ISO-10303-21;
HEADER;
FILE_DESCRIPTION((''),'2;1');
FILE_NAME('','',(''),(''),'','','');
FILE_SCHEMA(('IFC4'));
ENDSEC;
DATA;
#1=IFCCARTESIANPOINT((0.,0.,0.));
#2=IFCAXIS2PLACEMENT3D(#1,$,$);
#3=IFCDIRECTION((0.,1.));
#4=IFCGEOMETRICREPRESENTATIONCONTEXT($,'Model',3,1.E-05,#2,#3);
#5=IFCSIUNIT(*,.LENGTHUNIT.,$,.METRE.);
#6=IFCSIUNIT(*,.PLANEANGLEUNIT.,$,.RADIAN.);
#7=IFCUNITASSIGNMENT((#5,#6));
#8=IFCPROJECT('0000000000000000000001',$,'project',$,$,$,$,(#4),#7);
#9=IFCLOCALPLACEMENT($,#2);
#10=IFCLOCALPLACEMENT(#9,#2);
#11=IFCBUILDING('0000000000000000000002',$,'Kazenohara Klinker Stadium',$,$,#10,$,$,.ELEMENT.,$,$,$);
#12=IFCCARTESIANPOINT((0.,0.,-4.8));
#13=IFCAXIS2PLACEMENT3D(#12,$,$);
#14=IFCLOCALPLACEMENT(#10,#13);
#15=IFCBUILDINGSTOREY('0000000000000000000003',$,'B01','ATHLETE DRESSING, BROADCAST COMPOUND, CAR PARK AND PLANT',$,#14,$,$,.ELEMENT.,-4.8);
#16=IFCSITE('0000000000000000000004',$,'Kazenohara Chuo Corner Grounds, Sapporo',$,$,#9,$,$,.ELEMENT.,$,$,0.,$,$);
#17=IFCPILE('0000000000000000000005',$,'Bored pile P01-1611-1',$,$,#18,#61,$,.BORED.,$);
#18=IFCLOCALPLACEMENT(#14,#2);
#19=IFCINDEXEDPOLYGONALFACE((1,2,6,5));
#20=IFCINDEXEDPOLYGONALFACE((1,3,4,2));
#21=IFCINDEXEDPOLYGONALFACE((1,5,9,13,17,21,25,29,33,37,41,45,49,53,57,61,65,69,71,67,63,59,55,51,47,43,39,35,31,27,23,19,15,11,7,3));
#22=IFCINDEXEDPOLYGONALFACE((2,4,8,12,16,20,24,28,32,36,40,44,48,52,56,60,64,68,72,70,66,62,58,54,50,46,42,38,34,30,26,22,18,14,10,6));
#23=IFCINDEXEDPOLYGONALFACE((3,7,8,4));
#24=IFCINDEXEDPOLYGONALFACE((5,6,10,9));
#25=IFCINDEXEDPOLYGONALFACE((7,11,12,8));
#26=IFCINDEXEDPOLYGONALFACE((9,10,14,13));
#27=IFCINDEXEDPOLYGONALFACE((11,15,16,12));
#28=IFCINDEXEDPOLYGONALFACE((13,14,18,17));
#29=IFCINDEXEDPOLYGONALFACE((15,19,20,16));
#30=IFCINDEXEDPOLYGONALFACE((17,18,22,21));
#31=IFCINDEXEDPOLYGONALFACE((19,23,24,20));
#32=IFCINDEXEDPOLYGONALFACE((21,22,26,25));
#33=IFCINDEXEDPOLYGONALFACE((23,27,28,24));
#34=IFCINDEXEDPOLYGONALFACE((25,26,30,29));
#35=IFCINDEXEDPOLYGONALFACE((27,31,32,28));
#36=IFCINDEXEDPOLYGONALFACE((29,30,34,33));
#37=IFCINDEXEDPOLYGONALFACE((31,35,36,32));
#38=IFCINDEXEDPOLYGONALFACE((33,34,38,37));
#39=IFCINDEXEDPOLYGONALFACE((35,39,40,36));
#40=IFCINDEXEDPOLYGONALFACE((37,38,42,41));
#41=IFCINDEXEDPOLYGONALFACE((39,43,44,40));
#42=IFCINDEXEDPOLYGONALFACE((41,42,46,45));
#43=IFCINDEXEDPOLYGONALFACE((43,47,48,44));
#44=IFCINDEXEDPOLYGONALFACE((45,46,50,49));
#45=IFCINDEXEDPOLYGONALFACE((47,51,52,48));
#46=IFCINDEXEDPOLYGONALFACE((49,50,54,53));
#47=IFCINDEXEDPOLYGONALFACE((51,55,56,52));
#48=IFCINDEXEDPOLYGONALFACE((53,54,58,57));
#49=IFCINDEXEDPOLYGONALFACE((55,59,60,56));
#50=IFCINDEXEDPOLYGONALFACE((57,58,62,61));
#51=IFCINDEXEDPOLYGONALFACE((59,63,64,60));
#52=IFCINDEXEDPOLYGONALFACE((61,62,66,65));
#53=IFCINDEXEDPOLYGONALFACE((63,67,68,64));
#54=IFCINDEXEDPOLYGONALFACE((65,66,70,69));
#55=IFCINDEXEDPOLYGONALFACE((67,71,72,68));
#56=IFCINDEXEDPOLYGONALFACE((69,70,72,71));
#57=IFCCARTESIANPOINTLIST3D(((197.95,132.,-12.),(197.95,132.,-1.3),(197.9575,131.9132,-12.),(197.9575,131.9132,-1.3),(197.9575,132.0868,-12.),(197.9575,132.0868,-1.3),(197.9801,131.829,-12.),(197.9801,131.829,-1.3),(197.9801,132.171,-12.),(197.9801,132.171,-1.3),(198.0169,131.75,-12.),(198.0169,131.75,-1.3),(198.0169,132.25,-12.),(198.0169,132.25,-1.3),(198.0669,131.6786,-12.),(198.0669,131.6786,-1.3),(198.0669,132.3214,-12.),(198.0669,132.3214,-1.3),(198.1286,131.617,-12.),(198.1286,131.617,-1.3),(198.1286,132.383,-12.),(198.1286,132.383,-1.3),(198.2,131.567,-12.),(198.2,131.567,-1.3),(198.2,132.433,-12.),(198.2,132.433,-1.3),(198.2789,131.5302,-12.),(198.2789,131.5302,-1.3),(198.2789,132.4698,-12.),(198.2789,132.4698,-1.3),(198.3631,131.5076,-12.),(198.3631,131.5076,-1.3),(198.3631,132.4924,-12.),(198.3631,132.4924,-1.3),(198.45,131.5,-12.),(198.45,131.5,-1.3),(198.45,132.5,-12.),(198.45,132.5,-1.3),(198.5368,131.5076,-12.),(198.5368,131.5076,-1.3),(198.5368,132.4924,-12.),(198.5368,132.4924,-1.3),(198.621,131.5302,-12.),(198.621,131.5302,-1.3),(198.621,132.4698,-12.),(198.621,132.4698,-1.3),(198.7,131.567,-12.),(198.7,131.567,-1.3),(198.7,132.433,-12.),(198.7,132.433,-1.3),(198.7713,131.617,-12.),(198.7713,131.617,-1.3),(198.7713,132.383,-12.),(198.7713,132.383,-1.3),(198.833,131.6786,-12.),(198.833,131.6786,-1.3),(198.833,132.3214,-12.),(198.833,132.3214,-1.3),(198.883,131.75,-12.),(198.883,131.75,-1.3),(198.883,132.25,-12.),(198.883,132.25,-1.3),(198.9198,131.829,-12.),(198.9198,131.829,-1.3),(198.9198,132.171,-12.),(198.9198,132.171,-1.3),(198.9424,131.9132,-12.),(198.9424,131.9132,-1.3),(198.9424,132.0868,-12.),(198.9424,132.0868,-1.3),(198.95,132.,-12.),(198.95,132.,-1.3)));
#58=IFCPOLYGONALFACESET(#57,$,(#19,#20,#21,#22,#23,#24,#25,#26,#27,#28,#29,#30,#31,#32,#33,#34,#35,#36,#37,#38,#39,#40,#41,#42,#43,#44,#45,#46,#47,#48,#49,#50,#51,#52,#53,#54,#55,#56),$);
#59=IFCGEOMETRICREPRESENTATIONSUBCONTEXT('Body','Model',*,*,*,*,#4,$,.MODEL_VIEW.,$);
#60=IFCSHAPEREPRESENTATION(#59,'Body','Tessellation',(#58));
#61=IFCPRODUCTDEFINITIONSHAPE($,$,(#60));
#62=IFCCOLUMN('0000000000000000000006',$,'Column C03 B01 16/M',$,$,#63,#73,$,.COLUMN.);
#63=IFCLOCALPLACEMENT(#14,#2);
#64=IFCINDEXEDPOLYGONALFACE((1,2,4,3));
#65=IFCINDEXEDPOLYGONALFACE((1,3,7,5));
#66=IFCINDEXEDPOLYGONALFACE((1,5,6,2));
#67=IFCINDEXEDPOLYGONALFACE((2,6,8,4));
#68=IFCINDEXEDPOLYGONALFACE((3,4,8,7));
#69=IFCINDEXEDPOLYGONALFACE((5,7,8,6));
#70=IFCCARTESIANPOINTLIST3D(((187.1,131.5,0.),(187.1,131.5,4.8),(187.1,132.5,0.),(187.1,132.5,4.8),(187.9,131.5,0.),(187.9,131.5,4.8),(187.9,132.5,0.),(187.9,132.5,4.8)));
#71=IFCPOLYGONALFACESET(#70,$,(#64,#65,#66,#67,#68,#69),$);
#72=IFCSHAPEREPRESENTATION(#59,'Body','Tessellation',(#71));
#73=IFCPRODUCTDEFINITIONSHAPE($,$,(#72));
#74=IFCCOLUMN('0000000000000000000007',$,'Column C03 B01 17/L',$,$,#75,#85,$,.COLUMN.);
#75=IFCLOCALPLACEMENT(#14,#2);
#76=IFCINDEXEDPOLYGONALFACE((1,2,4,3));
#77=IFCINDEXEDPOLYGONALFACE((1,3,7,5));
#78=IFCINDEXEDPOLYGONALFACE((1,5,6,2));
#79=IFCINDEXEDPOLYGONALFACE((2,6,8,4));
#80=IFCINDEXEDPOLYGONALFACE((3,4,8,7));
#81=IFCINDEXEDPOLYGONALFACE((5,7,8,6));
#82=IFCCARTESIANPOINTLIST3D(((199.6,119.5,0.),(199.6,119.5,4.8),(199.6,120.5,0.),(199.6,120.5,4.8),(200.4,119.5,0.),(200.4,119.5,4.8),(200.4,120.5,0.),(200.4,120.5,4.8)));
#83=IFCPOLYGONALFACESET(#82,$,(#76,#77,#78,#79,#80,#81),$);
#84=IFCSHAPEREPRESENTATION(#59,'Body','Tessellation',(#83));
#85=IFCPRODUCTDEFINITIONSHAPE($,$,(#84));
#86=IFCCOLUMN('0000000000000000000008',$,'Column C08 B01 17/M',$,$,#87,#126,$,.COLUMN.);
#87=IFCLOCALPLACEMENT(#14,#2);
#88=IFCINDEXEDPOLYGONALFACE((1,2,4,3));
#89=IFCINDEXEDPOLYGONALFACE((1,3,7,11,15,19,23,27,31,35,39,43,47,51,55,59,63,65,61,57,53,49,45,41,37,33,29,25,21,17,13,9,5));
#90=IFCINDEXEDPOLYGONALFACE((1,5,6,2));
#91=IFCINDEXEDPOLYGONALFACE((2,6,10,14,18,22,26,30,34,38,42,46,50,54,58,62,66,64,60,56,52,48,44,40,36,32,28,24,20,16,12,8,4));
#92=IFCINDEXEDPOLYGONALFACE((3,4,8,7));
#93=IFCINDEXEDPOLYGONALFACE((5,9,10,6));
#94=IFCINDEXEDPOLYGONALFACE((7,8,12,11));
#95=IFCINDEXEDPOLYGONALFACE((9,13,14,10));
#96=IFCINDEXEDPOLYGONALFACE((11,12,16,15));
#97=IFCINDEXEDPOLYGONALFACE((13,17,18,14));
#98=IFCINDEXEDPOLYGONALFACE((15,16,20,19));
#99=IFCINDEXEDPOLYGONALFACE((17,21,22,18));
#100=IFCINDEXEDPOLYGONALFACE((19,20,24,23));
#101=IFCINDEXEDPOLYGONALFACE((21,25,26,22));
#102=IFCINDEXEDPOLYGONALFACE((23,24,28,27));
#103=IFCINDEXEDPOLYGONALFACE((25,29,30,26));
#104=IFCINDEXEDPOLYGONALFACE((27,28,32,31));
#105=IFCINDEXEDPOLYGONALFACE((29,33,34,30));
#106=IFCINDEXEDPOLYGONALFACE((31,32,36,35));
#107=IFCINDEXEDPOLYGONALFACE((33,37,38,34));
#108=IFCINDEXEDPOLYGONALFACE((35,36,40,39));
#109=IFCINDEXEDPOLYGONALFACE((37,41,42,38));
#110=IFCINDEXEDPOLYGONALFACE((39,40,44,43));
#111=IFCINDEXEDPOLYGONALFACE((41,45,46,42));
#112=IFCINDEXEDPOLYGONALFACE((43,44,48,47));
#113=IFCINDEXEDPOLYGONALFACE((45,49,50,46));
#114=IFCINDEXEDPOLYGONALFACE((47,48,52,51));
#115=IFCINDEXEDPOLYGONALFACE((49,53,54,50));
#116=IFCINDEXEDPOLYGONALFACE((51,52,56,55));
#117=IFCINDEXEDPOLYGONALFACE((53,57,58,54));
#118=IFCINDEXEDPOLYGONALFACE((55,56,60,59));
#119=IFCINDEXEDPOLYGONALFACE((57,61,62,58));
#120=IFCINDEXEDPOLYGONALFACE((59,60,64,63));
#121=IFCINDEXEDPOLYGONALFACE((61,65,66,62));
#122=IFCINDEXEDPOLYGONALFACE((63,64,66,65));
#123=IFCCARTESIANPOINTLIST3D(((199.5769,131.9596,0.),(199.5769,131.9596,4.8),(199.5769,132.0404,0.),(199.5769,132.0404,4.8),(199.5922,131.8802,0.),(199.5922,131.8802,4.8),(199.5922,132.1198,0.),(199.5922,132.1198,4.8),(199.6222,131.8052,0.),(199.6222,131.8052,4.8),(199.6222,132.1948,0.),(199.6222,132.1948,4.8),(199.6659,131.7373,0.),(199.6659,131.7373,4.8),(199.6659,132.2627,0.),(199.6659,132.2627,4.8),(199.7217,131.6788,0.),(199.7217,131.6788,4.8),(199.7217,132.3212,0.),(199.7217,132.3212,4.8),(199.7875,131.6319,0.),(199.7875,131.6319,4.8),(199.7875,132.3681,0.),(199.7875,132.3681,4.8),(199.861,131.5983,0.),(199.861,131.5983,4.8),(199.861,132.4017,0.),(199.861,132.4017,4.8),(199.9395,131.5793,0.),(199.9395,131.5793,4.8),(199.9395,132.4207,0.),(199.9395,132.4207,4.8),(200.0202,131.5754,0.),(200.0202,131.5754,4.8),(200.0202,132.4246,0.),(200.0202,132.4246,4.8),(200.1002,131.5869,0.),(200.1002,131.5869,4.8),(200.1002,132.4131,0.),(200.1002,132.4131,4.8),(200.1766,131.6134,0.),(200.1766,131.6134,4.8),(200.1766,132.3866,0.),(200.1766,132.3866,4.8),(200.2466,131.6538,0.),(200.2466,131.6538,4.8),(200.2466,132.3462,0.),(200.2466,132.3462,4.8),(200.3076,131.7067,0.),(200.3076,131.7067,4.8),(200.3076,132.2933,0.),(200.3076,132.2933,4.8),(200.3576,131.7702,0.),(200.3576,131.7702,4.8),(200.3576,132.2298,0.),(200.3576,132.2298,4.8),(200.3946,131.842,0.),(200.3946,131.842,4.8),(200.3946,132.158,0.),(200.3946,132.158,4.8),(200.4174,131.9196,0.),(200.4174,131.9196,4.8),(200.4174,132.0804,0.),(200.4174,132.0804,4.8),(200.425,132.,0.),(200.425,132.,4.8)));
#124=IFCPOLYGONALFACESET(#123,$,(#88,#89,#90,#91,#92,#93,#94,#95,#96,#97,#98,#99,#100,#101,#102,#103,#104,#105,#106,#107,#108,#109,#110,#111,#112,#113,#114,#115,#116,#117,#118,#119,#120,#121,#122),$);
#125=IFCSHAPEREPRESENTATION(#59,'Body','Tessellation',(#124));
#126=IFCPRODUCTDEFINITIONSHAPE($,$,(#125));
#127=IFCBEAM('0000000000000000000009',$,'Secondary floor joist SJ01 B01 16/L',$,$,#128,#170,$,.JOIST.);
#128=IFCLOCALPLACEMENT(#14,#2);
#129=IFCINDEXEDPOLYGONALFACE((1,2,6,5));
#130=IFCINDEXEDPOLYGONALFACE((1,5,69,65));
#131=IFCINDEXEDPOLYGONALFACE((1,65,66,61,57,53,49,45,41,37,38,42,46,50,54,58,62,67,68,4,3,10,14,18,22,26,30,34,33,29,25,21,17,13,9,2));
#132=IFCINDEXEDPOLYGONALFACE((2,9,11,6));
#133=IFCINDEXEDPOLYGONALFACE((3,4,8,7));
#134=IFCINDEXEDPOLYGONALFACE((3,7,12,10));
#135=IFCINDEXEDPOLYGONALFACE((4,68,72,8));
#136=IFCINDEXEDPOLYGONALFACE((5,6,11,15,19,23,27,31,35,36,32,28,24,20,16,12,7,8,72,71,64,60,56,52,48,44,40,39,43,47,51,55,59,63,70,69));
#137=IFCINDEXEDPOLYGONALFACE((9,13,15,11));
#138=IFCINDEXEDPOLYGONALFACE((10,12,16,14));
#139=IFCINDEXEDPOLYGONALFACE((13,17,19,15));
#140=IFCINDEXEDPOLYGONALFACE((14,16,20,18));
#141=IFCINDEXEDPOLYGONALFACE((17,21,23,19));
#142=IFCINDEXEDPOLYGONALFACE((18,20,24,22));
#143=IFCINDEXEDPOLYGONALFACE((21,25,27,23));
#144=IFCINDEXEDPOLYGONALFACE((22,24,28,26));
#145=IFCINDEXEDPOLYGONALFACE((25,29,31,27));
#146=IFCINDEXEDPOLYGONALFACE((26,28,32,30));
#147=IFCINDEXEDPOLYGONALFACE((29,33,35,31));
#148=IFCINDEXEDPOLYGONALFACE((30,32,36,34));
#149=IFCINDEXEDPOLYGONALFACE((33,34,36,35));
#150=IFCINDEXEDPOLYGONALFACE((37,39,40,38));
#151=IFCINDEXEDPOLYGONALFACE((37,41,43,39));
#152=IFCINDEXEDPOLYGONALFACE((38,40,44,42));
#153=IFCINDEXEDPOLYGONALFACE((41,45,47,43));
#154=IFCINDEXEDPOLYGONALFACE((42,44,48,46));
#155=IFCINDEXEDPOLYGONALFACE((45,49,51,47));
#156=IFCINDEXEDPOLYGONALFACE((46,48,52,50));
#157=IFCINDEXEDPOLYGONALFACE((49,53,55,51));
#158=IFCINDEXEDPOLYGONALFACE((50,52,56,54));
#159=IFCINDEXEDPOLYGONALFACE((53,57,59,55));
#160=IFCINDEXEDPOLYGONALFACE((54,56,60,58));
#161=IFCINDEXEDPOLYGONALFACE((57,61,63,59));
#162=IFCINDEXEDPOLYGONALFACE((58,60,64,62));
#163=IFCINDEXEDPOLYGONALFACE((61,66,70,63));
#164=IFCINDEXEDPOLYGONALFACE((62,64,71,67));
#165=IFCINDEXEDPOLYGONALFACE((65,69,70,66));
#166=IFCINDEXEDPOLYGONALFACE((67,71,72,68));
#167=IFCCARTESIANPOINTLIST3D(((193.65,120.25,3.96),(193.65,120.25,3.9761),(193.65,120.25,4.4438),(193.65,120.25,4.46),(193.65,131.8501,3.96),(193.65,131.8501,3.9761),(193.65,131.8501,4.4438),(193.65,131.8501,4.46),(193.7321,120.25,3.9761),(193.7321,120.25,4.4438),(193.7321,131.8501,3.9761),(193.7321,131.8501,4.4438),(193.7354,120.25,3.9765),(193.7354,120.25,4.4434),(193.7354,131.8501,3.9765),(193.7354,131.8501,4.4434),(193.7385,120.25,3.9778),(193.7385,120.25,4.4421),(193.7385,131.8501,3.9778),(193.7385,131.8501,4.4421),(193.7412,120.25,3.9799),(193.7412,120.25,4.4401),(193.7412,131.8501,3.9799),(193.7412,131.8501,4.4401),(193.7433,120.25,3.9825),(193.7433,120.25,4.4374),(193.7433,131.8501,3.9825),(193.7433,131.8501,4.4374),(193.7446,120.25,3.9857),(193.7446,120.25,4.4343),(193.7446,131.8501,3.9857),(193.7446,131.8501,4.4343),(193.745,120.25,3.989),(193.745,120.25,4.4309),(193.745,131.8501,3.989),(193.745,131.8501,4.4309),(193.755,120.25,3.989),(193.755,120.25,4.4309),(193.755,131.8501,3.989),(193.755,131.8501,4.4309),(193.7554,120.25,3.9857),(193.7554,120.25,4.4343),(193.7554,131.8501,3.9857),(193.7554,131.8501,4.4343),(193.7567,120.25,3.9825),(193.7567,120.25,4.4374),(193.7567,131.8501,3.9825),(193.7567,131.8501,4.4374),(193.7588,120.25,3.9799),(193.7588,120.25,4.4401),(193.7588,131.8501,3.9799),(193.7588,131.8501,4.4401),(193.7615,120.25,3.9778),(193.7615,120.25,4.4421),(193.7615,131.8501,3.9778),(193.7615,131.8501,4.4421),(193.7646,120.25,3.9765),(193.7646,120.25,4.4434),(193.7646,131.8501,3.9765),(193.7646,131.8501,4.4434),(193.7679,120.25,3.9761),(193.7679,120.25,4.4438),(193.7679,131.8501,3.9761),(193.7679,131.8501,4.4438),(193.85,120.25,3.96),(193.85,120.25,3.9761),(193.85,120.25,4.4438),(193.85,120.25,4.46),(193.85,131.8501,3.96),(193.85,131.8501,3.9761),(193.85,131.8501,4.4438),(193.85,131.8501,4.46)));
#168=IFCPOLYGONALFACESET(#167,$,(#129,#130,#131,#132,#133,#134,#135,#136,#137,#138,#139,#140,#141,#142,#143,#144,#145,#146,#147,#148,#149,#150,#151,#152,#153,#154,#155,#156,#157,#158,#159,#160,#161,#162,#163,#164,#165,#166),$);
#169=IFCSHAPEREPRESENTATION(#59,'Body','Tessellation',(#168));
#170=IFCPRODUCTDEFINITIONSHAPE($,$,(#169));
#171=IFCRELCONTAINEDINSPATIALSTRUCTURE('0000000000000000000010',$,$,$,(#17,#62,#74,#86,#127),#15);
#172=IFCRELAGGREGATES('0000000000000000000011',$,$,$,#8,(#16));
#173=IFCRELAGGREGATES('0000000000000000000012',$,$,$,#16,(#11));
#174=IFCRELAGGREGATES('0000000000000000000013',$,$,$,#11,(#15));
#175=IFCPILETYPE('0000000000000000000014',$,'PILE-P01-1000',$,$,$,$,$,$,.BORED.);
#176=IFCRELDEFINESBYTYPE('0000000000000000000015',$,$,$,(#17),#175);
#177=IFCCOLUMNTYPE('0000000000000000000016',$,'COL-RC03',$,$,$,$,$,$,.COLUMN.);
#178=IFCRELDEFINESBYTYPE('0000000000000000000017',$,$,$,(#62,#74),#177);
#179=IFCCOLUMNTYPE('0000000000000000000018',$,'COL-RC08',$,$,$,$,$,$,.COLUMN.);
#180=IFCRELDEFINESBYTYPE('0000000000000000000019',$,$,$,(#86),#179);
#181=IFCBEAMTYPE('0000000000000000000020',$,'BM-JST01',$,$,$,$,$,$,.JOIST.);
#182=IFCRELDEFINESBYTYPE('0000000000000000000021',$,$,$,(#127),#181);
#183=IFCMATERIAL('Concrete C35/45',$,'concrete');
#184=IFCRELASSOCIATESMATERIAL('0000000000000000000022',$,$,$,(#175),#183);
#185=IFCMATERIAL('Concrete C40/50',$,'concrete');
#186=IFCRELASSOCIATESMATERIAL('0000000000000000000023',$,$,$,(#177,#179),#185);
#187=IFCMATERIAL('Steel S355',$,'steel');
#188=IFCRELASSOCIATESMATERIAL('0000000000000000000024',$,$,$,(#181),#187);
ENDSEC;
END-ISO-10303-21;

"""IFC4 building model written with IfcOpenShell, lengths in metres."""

from ifc_helpers import new_model, si_unit, direction, frame, origin, origin_2d, place, context, subcontext, project, spatial, rectangle, circle, i_section, extrude, material, material_profile, profile_set, type_object, element, save


model = new_model("IFC4")

# Units and contexts
model_context = context("Model", 3, precision=1e-05, world=origin(), true_north=direction((0.0, 1.0)))
body_context = subcontext(model_context, "Body", "Model", "MODEL_VIEW")
ifc_project = project(units=[si_unit("LENGTHUNIT", "METRE"), si_unit("PLANEANGLEUNIT", "RADIAN")], contexts=[model_context])

# Site, building, storey
site_placement = place(None, origin())
site = spatial("IfcSite", under=ifc_project, at=site_placement, Name="Kazenohara Chuo Corner Grounds, Sapporo", CompositionType="ELEMENT", RefElevation=0.0)
building_placement = place(site_placement, origin())
building = spatial("IfcBuilding", under=site, at=building_placement, Name="Kazenohara Klinker Stadium", CompositionType="ELEMENT")
storey_placement = place(building_placement, frame((0.0, 0.0, -4.8)))
storey = spatial("IfcBuildingStorey", under=building, at=storey_placement, Name="B01", Description="ATHLETE DRESSING, BROADCAST COMPOUND, CAR PARK AND PLANT", CompositionType="ELEMENT", Elevation=-4.8)

# Shared definitions
ifc_material_1 = material(Name="Concrete C35/45", Category="concrete")

# Pile
ifc_material_profile_1 = material_profile(ifc_material_1, circle(Radius=0.5, at=origin_2d()), Name="BORED-PILE-1000")
ifc_profile_set_1 = profile_set([ifc_material_profile_1], Name="Concrete C35/45")
pile_type = type_object("IfcPileType", Name="PILE-P01-1000", PredefinedType="BORED", material=ifc_profile_set_1)
pile_1_placement = place(storey_placement, frame((198.45, 132.0, -1.3), z_axis=(0.0, 0.0, -1.0), x_axis=(1.0, 0.0, 0.0)))
element("IfcPile", 1, at=pile_1_placement, inside=storey, type_object=pile_type, Name="Bored pile P01-1611-1", PredefinedType="BORED", context=body_context, shape_type="SweptSolid", body=[
    extrude(circle(Radius=0.5, at=origin_2d()), origin(), (0.0, 0.0, 1.0), 10.7),
])

# Columns
ifc_material_2 = material(Name="Concrete C40/50", Category="concrete")
ifc_material_profile_2 = material_profile(ifc_material_2, rectangle(XDim=0.8, YDim=1.0, at=origin_2d()), Name="RC-COL-1000x800")
ifc_profile_set_2 = profile_set([ifc_material_profile_2], Name="Concrete C40/50")
column_type_1 = type_object("IfcColumnType", Name="COL-RC03", PredefinedType="COLUMN", material=ifc_profile_set_2)
for number, where, z_axis, x_axis, name in (
    (2, (187.5, 132.0, 0.0), (0.0, 0.0, 1.0), (1.0, 0.0, 0.0), "Column C03 B01 16/M"),
    (3, (200.0, 120.0, 0.0), (0.0, 0.0, 1.0), (1.0, 0.0, 0.0), "Column C03 B01 17/L"),
):
    element("IfcColumn", number, at=place(storey_placement, frame(where, z_axis=z_axis, x_axis=x_axis)), inside=storey, type_object=column_type_1, Name=name, PredefinedType="COLUMN", context=body_context, shape_type="SweptSolid", body=[
        extrude(rectangle(XDim=0.8, YDim=1.0, at=origin_2d()), origin(), (0.0, 0.0, 1.0), 4.8),
    ])
ifc_material_profile_3 = material_profile(ifc_material_2, circle(Radius=0.425, at=origin_2d()), Name="RC-COL-D850")
ifc_profile_set_3 = profile_set([ifc_material_profile_3], Name="Concrete C40/50")
column_type_2 = type_object("IfcColumnType", Name="COL-RC08", PredefinedType="COLUMN", material=ifc_profile_set_3)
column_placement = place(storey_placement, frame((200.0, 132.0, 0.0), z_axis=(0.0, 0.0, 1.0), x_axis=(1.0, 0.0, 0.0)))
element("IfcColumn", 4, at=column_placement, inside=storey, type_object=column_type_2, Name="Column C08 B01 17/M", PredefinedType="COLUMN", context=body_context, shape_type="SweptSolid", body=[
    extrude(circle(Radius=0.425, at=origin_2d()), origin(), (0.0, 0.0, 1.0), 4.8),
])

# Beam
ifc_material_3 = material(Name="Steel S355", Category="steel")
ifc_material_profile_4 = material_profile(ifc_material_3, i_section(OverallWidth=0.2, OverallDepth=0.5, WebThickness=0.01, FlangeThickness=0.0161, FilletRadius=0.0129, at=origin_2d()), Name="H-500x200x10x16")
ifc_profile_set_4 = profile_set([ifc_material_profile_4], Name="Steel S355")
beam_type_1 = type_object("IfcBeamType", Name="BM-JST01", PredefinedType="JOIST", material=ifc_profile_set_4)
beam_1_placement = place(storey_placement, frame((193.75, 120.25, 4.21), z_axis=(0.0, 1.0, 0.0), x_axis=(-1.0, 0.0, 0.0)))
element("IfcBeam", 5, at=beam_1_placement, inside=storey, type_object=beam_type_1, Name="Secondary floor joist SJ01 B01 16/L", PredefinedType="JOIST", context=body_context, shape_type="SweptSolid", body=[
    extrude(i_section(OverallWidth=0.2, OverallDepth=0.5, WebThickness=0.01, FlangeThickness=0.0161, FilletRadius=0.0129, at=origin_2d()), origin(), (0.0, 0.0, 1.0), 11.6001),
])

save(model, "model.ifc")
